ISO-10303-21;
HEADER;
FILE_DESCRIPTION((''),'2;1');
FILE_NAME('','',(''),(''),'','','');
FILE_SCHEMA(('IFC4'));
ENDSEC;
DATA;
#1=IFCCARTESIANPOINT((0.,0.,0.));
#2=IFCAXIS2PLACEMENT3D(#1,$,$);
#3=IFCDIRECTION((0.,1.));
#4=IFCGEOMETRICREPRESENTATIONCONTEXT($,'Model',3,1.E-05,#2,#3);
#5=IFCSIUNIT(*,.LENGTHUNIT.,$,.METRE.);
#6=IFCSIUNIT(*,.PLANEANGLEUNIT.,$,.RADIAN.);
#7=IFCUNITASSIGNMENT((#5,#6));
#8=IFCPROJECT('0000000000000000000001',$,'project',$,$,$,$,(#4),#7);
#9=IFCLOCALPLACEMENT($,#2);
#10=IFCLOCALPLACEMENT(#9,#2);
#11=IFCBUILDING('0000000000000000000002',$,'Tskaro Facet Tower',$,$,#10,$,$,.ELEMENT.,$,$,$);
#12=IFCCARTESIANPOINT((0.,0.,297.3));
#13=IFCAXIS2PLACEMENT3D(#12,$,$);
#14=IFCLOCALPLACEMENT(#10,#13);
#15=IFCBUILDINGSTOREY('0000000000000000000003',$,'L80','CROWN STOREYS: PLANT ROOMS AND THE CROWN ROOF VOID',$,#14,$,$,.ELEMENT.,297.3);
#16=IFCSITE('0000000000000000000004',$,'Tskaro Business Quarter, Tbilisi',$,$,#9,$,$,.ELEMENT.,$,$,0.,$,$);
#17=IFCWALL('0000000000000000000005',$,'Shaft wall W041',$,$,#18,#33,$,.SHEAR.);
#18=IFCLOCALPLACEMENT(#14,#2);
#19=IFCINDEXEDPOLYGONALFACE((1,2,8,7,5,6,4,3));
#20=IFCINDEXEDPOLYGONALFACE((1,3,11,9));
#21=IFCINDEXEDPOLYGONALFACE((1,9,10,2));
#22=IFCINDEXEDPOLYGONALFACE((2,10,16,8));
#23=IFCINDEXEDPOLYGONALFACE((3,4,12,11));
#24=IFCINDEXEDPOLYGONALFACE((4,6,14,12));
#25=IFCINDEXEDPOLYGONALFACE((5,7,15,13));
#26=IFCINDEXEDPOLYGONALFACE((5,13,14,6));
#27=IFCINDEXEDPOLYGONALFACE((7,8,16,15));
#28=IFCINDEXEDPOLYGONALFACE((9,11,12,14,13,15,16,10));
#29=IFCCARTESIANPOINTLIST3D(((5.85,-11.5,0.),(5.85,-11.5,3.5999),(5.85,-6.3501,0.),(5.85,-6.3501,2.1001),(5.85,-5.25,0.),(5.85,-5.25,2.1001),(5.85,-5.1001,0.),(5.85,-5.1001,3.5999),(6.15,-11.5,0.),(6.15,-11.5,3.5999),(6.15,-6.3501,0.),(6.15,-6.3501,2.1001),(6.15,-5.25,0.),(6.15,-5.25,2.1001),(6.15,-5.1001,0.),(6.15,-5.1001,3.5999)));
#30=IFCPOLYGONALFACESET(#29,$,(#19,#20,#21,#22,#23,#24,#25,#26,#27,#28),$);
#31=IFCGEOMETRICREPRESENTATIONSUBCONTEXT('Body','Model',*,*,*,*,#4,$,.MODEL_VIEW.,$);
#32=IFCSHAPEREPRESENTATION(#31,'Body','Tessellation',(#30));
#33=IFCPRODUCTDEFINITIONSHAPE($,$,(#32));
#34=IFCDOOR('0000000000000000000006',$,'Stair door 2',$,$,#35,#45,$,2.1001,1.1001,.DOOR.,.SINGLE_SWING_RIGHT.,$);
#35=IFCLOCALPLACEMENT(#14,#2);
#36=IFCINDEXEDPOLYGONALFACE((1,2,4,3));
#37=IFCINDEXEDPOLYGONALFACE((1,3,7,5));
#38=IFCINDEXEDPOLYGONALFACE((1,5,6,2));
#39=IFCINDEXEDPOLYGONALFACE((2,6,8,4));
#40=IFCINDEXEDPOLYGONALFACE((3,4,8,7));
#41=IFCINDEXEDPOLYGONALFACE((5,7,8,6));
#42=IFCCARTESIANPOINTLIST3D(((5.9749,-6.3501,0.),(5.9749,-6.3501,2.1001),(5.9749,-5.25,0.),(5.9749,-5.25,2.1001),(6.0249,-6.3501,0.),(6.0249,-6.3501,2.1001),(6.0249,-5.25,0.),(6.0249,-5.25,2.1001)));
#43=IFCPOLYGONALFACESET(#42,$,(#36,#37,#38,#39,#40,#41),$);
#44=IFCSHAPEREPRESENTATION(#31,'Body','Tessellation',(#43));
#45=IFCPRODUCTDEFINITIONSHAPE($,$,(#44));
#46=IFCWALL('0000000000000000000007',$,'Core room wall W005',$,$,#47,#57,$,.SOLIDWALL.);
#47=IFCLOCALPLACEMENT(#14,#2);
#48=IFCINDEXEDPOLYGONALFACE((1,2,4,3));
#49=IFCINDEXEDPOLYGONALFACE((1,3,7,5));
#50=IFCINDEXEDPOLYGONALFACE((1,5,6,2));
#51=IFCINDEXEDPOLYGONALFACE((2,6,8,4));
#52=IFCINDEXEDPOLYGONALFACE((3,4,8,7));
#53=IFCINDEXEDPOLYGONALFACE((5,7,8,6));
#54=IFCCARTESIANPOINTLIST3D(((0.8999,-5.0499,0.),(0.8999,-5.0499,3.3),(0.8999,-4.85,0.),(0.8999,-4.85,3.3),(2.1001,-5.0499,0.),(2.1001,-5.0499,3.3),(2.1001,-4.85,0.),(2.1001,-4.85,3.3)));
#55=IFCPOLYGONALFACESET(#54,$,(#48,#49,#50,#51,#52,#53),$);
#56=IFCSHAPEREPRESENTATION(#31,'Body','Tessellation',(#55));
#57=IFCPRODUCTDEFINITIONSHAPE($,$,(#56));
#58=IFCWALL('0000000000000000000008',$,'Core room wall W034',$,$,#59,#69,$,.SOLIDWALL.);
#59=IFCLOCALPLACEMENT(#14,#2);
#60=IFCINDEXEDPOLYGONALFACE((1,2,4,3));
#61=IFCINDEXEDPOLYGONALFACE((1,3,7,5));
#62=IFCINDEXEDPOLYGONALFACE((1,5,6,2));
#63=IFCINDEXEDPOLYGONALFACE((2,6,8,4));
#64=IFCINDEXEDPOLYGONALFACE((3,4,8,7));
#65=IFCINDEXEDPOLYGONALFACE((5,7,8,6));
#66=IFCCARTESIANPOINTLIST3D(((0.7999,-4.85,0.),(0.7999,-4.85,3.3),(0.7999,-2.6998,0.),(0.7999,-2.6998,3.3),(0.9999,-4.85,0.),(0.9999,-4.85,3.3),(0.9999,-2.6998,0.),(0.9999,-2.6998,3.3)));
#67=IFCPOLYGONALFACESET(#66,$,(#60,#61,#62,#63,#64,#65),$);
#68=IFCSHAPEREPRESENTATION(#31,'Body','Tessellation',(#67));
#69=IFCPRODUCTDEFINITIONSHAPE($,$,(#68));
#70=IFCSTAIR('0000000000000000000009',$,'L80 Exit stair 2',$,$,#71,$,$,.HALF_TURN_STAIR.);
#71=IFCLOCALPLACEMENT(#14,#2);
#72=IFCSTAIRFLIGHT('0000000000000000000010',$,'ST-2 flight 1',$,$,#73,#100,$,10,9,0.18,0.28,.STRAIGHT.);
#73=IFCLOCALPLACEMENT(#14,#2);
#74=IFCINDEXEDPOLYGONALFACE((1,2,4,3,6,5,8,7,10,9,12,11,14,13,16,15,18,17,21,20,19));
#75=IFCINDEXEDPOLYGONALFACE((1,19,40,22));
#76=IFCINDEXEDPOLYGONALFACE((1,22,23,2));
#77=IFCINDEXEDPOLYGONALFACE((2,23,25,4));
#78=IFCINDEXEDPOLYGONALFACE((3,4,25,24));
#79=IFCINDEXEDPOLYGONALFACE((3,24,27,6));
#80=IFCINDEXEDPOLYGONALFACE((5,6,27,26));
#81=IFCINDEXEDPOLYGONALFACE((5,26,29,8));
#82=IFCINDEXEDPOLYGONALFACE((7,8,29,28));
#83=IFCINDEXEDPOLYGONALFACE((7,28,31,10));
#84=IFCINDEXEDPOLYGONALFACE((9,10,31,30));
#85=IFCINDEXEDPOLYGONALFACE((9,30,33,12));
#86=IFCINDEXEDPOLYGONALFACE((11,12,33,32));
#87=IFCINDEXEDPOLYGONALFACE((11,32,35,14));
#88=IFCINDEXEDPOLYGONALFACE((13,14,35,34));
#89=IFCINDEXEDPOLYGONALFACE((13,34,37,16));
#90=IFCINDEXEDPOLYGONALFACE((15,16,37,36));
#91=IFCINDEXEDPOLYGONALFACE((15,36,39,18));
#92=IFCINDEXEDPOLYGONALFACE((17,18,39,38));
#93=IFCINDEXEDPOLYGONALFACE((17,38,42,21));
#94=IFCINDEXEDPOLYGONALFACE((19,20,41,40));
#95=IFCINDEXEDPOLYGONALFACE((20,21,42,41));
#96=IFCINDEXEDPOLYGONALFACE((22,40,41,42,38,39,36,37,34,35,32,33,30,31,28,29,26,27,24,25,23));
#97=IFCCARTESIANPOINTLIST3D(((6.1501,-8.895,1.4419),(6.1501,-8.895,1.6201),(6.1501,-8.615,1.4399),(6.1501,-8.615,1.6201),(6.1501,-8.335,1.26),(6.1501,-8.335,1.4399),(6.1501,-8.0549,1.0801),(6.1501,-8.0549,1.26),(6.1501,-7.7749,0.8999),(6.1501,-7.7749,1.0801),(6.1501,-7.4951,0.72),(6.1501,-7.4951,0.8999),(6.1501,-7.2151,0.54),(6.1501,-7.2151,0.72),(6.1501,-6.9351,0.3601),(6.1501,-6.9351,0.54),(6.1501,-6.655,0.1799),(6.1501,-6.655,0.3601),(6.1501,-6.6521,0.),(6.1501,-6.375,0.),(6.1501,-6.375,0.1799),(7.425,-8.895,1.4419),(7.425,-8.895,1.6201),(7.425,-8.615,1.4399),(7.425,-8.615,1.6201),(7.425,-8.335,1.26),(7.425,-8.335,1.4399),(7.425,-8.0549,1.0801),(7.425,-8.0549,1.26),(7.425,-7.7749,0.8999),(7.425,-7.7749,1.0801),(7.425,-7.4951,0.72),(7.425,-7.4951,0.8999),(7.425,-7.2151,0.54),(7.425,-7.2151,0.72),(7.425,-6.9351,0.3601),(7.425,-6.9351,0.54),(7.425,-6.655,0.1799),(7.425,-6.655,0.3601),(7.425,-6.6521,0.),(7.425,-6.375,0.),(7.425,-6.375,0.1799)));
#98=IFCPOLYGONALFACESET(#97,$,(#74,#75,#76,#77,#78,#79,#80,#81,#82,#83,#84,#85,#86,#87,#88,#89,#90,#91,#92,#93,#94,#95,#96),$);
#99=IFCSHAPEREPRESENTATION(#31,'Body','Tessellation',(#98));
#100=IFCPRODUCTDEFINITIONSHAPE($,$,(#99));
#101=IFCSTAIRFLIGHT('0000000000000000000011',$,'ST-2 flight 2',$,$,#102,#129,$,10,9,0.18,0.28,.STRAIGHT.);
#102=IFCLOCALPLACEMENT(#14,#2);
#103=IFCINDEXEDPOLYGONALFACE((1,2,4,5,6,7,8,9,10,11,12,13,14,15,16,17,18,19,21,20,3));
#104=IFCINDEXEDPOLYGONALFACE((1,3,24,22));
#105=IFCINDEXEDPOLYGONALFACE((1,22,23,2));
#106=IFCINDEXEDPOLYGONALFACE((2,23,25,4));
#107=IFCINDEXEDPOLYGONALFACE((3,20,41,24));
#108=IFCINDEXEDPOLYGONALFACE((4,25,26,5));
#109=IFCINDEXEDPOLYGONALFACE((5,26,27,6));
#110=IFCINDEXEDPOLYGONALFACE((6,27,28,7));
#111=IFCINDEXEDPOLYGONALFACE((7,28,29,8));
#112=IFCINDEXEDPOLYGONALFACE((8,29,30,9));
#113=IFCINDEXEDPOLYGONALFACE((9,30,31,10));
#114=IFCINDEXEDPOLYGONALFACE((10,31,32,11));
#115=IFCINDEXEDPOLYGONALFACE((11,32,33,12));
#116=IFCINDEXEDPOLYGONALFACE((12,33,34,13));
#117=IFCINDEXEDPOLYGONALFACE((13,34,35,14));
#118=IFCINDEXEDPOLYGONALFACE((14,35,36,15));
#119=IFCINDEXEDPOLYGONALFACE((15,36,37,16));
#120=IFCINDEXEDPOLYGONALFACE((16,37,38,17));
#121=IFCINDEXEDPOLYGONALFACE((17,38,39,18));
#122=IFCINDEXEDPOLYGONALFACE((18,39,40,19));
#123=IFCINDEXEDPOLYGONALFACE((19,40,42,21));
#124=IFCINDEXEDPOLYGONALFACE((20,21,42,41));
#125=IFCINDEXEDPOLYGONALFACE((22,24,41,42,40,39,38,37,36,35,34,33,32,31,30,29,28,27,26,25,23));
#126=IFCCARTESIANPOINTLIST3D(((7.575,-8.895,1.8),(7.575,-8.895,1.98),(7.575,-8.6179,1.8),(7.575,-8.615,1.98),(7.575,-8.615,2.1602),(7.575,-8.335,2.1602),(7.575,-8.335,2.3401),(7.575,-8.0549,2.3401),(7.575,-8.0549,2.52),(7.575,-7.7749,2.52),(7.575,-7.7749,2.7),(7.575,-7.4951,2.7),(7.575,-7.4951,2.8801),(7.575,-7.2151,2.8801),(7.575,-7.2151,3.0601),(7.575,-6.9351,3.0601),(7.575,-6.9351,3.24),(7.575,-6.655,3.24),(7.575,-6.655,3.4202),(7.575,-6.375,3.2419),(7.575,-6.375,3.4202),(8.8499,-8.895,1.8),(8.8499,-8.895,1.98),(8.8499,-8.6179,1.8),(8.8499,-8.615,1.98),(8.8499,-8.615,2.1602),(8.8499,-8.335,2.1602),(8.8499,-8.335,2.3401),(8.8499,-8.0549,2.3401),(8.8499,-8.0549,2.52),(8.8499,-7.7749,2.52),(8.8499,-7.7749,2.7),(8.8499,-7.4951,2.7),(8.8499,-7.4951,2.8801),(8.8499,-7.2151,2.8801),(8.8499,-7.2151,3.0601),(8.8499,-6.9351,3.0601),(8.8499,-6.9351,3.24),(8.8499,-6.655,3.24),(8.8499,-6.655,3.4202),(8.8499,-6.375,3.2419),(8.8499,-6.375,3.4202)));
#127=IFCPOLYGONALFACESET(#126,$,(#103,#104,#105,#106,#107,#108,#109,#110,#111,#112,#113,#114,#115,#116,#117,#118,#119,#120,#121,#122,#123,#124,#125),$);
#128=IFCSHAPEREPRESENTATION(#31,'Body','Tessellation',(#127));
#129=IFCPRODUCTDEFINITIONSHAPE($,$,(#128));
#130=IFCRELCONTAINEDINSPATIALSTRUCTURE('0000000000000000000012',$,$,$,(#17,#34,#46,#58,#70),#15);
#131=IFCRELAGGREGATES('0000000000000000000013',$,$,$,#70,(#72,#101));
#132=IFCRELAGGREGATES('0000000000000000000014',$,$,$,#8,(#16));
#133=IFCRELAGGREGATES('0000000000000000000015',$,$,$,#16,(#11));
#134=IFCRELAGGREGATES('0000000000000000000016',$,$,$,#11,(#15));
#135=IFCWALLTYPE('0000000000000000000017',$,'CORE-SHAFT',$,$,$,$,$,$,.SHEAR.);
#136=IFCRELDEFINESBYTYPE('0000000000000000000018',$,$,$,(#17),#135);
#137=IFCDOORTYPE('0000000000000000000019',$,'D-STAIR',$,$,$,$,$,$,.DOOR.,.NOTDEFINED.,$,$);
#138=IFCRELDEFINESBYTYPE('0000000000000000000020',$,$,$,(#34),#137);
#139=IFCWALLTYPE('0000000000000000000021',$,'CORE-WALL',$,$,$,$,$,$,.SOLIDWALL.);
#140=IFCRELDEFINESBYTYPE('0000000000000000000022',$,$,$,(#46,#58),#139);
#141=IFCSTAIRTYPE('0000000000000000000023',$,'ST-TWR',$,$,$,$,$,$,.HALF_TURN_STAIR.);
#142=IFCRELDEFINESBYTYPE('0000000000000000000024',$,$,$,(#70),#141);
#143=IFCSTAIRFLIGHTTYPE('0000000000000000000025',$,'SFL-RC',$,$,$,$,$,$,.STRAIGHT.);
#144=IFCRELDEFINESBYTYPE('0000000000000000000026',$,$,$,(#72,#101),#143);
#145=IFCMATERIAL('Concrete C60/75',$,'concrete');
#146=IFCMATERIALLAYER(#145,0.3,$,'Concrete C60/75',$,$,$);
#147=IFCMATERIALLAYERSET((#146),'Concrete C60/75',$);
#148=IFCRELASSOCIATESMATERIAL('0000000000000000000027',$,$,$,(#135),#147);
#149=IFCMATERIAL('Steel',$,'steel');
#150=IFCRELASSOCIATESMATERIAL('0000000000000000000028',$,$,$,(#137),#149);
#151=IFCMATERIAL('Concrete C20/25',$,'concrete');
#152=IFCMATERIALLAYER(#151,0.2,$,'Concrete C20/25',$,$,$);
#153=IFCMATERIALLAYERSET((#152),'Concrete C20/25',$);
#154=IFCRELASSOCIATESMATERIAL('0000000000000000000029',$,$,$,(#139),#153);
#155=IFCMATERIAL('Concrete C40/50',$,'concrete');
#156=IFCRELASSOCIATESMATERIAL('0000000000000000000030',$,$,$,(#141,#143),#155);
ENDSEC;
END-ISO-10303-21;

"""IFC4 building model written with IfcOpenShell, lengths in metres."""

from ifc_helpers import new_model, si_unit, direction, frame, frame_2d, origin, place, context, subcontext, project, spatial, polyline, rectangle, outline, extrude, material, layer, layer_set, type_object, element, fill, aggregate, save


model = new_model("IFC4")

# Units and contexts
model_context = context("Model", 3, precision=1e-05, world=origin(), true_north=direction((0.0, 1.0)))
body_context = subcontext(model_context, "Body", "Model", "MODEL_VIEW")
ifc_project = project(units=[si_unit("LENGTHUNIT", "METRE"), si_unit("PLANEANGLEUNIT", "RADIAN")], contexts=[model_context])

# Site, building, storey
site_placement = place(None, origin())
site = spatial("IfcSite", under=ifc_project, at=site_placement, Name="Tskaro Business Quarter, Tbilisi", CompositionType="ELEMENT", RefElevation=0.0)
building_placement = place(site_placement, origin())
building = spatial("IfcBuilding", under=site, at=building_placement, Name="Tskaro Facet Tower", CompositionType="ELEMENT")
storey_placement = place(building_placement, frame((0.0, 0.0, 297.3)))
storey = spatial("IfcBuildingStorey", under=building, at=storey_placement, Name="L80", Description="CROWN STOREYS: PLANT ROOMS AND THE CROWN ROOF VOID", CompositionType="ELEMENT", Elevation=297.3)

# Shared definitions
ifc_material_1 = material(Name="Concrete C60/75", Category="concrete")
ifc_layer_1 = layer(ifc_material_1, 0.3, Name="Concrete C60/75")
ifc_layer_set_1 = layer_set([ifc_layer_1], Name="Concrete C60/75")
wall_type_1 = type_object("IfcWallType", Name="CORE-SHAFT", PredefinedType="SHEAR", material=ifc_layer_set_1)

# Wall, opening, door
wall_1_placement = place(storey_placement, frame((6.0, -5.1001, 0.0), z_axis=(0.0, 0.0, 1.0), x_axis=(0.0, -1.0, 0.0)))
wall_1 = element("IfcWall", 1, at=wall_1_placement, inside=storey, type_object=wall_type_1, Name="Shaft wall W041", PredefinedType="SHEAR", context=body_context, shape_type="SweptSolid", body=[
    extrude(rectangle(XDim=6.3999, YDim=0.3, at=frame_2d((3.2, 0.0))), origin(), (0.0, 0.0, 1.0), 3.5999),
])
opening_placement = place(wall_1_placement, frame((0.1499, 0.0, 0.0)))
opening = element("IfcOpeningElement", 2, at=opening_placement, cuts=wall_1, PredefinedType="OPENING", context=body_context, shape_type="SweptSolid", body=[
    extrude(rectangle(XDim=1.1001, YDim=2.1001, at=frame_2d((0.55, 1.05))), frame((0.0, 0.1599, 0.0), z_axis=(0.0, -1.0, 0.0), x_axis=(1.0, 0.0, 0.0)), (0.0, 0.0, 1.0), 0.3201),
])
ifc_material_2 = material(Name="Steel", Category="steel")
door_type = type_object("IfcDoorType", Name="D-STAIR", OperationType="NOTDEFINED", PredefinedType="DOOR", material=ifc_material_2)
door_placement = place(opening_placement, origin())
door = element("IfcDoor", 3, at=door_placement, inside=storey, type_object=door_type, Name="Stair door 2", OperationType="SINGLE_SWING_RIGHT", OverallHeight=2.1001, OverallWidth=1.1001, PredefinedType="DOOR", context=body_context, shape_type="SweptSolid", body=[
    extrude(rectangle(XDim=1.1001, YDim=2.1001, at=frame_2d((0.55, 1.05))), frame((0.0, 0.0249, 0.0), z_axis=(0.0, -1.0, 0.0), x_axis=(1.0, 0.0, 0.0)), (0.0, 0.0, 1.0), 0.05),
])
fill(opening, door)

# Walls
ifc_material_3 = material(Name="Concrete C20/25", Category="concrete")
ifc_layer_2 = layer(ifc_material_3, 0.2, Name="Concrete C20/25")
ifc_layer_set_2 = layer_set([ifc_layer_2], Name="Concrete C20/25")
wall_type_2 = type_object("IfcWallType", Name="CORE-WALL", PredefinedType="SOLIDWALL", material=ifc_layer_set_2)
wall_2_placement = place(storey_placement, frame((0.8999, -4.95, 0.0), z_axis=(0.0, 0.0, 1.0), x_axis=(1.0, 0.0, 0.0)))
element("IfcWall", 4, at=wall_2_placement, inside=storey, type_object=wall_type_2, Name="Core room wall W005", PredefinedType="SOLIDWALL", context=body_context, shape_type="SweptSolid", body=[
    extrude(rectangle(XDim=1.2002, YDim=0.2, at=frame_2d((0.6001, 0.0))), origin(), (0.0, 0.0, 1.0), 3.3),
])
wall_3_placement = place(storey_placement, frame((0.8999, -4.8501, 0.0), z_axis=(0.0, 0.0, 1.0), x_axis=(0.0, 1.0, 0.0)))
element("IfcWall", 5, at=wall_3_placement, inside=storey, type_object=wall_type_2, Name="Core room wall W034", PredefinedType="SOLIDWALL", context=body_context, shape_type="SweptSolid", body=[
    extrude(rectangle(XDim=2.1501, YDim=0.2, at=frame_2d((1.0752, 0.0))), origin(), (0.0, 0.0, 1.0), 3.3),
])

# Stair, stair flights
ifc_material_4 = material(Name="Concrete C40/50", Category="concrete")
stair_type = type_object("IfcStairType", Name="ST-TWR", PredefinedType="HALF_TURN_STAIR", material=ifc_material_4)
stair_placement = place(storey_placement, origin())
stair = element("IfcStair", 6, at=stair_placement, inside=storey, type_object=stair_type, Name="L80 Exit stair 2", PredefinedType="HALF_TURN_STAIR")
stair_flight_type = type_object("IfcStairFlightType", Name="SFL-RC", PredefinedType="STRAIGHT", material=ifc_material_4)
stair_flight_1_placement = place(storey_placement, frame((6.7876, -6.375, 0.0), z_axis=(0.0, 0.0, 1.0), x_axis=(0.0, -1.0, 0.0)))
stair_flight_1 = element("IfcStairFlight", 7, at=stair_flight_1_placement, type_object=stair_flight_type, Name="ST-2 flight 1", NumberOfRisers=10, NumberOfTreads=9, PredefinedType="STRAIGHT", RiserHeight=0.18, TreadLength=0.28, context=body_context, shape_type="SweptSolid", body=[
    extrude(outline(polyline([(0.0, 0.0), (0.0, 0.1799), (0.28, 0.1799), (0.28, 0.3601), (0.5601, 0.3601), (0.5601, 0.54), (0.8401, 0.54), (0.8401, 0.72), (1.1201, 0.72), (1.1201, 0.8999), (1.3999, 0.8999), (1.3999, 1.0801), (1.6799, 1.0801), (1.6799, 1.26), (1.96, 1.26), (1.96, 1.4399), (2.24, 1.4399), (2.24, 1.6201), (2.52, 1.6201), (2.52, 1.8), (2.52, 1.4419), (0.2771, 0.0), (0.0, 0.0)])), frame((0.0, 0.6375, 0.0), z_axis=(0.0, -1.0, 0.0), x_axis=(1.0, 0.0, 0.0)), (0.0, 0.0, 1.0), 1.2749),
])
stair_flight_2_placement = place(storey_placement, frame((8.2124, -8.895, 1.8), z_axis=(0.0, 0.0, 1.0), x_axis=(0.0, 1.0, 0.0)))
stair_flight_2 = element("IfcStairFlight", 8, at=stair_flight_2_placement, type_object=stair_flight_type, Name="ST-2 flight 2", NumberOfRisers=10, NumberOfTreads=9, PredefinedType="STRAIGHT", RiserHeight=0.18, TreadLength=0.28, context=body_context, shape_type="SweptSolid", body=[
    extrude(outline(polyline([(0.0, 0.0), (0.0, 0.1799), (0.28, 0.1799), (0.28, 0.3601), (0.5601, 0.3601), (0.5601, 0.54), (0.8401, 0.54), (0.8401, 0.72), (1.1201, 0.72), (1.1201, 0.8999), (1.3999, 0.8999), (1.3999, 1.0801), (1.6799, 1.0801), (1.6799, 1.26), (1.96, 1.26), (1.96, 1.4399), (2.24, 1.4399), (2.24, 1.6201), (2.52, 1.6201), (2.52, 1.8), (2.52, 1.4419), (0.2771, 0.0), (0.0, 0.0)])), frame((0.0, 0.6375, 0.0), z_axis=(0.0, -1.0, 0.0), x_axis=(1.0, 0.0, 0.0)), (0.0, 0.0, 1.0), 1.2749),
])
aggregate(stair, [stair_flight_1, stair_flight_2])

save(model, "model.ifc")
